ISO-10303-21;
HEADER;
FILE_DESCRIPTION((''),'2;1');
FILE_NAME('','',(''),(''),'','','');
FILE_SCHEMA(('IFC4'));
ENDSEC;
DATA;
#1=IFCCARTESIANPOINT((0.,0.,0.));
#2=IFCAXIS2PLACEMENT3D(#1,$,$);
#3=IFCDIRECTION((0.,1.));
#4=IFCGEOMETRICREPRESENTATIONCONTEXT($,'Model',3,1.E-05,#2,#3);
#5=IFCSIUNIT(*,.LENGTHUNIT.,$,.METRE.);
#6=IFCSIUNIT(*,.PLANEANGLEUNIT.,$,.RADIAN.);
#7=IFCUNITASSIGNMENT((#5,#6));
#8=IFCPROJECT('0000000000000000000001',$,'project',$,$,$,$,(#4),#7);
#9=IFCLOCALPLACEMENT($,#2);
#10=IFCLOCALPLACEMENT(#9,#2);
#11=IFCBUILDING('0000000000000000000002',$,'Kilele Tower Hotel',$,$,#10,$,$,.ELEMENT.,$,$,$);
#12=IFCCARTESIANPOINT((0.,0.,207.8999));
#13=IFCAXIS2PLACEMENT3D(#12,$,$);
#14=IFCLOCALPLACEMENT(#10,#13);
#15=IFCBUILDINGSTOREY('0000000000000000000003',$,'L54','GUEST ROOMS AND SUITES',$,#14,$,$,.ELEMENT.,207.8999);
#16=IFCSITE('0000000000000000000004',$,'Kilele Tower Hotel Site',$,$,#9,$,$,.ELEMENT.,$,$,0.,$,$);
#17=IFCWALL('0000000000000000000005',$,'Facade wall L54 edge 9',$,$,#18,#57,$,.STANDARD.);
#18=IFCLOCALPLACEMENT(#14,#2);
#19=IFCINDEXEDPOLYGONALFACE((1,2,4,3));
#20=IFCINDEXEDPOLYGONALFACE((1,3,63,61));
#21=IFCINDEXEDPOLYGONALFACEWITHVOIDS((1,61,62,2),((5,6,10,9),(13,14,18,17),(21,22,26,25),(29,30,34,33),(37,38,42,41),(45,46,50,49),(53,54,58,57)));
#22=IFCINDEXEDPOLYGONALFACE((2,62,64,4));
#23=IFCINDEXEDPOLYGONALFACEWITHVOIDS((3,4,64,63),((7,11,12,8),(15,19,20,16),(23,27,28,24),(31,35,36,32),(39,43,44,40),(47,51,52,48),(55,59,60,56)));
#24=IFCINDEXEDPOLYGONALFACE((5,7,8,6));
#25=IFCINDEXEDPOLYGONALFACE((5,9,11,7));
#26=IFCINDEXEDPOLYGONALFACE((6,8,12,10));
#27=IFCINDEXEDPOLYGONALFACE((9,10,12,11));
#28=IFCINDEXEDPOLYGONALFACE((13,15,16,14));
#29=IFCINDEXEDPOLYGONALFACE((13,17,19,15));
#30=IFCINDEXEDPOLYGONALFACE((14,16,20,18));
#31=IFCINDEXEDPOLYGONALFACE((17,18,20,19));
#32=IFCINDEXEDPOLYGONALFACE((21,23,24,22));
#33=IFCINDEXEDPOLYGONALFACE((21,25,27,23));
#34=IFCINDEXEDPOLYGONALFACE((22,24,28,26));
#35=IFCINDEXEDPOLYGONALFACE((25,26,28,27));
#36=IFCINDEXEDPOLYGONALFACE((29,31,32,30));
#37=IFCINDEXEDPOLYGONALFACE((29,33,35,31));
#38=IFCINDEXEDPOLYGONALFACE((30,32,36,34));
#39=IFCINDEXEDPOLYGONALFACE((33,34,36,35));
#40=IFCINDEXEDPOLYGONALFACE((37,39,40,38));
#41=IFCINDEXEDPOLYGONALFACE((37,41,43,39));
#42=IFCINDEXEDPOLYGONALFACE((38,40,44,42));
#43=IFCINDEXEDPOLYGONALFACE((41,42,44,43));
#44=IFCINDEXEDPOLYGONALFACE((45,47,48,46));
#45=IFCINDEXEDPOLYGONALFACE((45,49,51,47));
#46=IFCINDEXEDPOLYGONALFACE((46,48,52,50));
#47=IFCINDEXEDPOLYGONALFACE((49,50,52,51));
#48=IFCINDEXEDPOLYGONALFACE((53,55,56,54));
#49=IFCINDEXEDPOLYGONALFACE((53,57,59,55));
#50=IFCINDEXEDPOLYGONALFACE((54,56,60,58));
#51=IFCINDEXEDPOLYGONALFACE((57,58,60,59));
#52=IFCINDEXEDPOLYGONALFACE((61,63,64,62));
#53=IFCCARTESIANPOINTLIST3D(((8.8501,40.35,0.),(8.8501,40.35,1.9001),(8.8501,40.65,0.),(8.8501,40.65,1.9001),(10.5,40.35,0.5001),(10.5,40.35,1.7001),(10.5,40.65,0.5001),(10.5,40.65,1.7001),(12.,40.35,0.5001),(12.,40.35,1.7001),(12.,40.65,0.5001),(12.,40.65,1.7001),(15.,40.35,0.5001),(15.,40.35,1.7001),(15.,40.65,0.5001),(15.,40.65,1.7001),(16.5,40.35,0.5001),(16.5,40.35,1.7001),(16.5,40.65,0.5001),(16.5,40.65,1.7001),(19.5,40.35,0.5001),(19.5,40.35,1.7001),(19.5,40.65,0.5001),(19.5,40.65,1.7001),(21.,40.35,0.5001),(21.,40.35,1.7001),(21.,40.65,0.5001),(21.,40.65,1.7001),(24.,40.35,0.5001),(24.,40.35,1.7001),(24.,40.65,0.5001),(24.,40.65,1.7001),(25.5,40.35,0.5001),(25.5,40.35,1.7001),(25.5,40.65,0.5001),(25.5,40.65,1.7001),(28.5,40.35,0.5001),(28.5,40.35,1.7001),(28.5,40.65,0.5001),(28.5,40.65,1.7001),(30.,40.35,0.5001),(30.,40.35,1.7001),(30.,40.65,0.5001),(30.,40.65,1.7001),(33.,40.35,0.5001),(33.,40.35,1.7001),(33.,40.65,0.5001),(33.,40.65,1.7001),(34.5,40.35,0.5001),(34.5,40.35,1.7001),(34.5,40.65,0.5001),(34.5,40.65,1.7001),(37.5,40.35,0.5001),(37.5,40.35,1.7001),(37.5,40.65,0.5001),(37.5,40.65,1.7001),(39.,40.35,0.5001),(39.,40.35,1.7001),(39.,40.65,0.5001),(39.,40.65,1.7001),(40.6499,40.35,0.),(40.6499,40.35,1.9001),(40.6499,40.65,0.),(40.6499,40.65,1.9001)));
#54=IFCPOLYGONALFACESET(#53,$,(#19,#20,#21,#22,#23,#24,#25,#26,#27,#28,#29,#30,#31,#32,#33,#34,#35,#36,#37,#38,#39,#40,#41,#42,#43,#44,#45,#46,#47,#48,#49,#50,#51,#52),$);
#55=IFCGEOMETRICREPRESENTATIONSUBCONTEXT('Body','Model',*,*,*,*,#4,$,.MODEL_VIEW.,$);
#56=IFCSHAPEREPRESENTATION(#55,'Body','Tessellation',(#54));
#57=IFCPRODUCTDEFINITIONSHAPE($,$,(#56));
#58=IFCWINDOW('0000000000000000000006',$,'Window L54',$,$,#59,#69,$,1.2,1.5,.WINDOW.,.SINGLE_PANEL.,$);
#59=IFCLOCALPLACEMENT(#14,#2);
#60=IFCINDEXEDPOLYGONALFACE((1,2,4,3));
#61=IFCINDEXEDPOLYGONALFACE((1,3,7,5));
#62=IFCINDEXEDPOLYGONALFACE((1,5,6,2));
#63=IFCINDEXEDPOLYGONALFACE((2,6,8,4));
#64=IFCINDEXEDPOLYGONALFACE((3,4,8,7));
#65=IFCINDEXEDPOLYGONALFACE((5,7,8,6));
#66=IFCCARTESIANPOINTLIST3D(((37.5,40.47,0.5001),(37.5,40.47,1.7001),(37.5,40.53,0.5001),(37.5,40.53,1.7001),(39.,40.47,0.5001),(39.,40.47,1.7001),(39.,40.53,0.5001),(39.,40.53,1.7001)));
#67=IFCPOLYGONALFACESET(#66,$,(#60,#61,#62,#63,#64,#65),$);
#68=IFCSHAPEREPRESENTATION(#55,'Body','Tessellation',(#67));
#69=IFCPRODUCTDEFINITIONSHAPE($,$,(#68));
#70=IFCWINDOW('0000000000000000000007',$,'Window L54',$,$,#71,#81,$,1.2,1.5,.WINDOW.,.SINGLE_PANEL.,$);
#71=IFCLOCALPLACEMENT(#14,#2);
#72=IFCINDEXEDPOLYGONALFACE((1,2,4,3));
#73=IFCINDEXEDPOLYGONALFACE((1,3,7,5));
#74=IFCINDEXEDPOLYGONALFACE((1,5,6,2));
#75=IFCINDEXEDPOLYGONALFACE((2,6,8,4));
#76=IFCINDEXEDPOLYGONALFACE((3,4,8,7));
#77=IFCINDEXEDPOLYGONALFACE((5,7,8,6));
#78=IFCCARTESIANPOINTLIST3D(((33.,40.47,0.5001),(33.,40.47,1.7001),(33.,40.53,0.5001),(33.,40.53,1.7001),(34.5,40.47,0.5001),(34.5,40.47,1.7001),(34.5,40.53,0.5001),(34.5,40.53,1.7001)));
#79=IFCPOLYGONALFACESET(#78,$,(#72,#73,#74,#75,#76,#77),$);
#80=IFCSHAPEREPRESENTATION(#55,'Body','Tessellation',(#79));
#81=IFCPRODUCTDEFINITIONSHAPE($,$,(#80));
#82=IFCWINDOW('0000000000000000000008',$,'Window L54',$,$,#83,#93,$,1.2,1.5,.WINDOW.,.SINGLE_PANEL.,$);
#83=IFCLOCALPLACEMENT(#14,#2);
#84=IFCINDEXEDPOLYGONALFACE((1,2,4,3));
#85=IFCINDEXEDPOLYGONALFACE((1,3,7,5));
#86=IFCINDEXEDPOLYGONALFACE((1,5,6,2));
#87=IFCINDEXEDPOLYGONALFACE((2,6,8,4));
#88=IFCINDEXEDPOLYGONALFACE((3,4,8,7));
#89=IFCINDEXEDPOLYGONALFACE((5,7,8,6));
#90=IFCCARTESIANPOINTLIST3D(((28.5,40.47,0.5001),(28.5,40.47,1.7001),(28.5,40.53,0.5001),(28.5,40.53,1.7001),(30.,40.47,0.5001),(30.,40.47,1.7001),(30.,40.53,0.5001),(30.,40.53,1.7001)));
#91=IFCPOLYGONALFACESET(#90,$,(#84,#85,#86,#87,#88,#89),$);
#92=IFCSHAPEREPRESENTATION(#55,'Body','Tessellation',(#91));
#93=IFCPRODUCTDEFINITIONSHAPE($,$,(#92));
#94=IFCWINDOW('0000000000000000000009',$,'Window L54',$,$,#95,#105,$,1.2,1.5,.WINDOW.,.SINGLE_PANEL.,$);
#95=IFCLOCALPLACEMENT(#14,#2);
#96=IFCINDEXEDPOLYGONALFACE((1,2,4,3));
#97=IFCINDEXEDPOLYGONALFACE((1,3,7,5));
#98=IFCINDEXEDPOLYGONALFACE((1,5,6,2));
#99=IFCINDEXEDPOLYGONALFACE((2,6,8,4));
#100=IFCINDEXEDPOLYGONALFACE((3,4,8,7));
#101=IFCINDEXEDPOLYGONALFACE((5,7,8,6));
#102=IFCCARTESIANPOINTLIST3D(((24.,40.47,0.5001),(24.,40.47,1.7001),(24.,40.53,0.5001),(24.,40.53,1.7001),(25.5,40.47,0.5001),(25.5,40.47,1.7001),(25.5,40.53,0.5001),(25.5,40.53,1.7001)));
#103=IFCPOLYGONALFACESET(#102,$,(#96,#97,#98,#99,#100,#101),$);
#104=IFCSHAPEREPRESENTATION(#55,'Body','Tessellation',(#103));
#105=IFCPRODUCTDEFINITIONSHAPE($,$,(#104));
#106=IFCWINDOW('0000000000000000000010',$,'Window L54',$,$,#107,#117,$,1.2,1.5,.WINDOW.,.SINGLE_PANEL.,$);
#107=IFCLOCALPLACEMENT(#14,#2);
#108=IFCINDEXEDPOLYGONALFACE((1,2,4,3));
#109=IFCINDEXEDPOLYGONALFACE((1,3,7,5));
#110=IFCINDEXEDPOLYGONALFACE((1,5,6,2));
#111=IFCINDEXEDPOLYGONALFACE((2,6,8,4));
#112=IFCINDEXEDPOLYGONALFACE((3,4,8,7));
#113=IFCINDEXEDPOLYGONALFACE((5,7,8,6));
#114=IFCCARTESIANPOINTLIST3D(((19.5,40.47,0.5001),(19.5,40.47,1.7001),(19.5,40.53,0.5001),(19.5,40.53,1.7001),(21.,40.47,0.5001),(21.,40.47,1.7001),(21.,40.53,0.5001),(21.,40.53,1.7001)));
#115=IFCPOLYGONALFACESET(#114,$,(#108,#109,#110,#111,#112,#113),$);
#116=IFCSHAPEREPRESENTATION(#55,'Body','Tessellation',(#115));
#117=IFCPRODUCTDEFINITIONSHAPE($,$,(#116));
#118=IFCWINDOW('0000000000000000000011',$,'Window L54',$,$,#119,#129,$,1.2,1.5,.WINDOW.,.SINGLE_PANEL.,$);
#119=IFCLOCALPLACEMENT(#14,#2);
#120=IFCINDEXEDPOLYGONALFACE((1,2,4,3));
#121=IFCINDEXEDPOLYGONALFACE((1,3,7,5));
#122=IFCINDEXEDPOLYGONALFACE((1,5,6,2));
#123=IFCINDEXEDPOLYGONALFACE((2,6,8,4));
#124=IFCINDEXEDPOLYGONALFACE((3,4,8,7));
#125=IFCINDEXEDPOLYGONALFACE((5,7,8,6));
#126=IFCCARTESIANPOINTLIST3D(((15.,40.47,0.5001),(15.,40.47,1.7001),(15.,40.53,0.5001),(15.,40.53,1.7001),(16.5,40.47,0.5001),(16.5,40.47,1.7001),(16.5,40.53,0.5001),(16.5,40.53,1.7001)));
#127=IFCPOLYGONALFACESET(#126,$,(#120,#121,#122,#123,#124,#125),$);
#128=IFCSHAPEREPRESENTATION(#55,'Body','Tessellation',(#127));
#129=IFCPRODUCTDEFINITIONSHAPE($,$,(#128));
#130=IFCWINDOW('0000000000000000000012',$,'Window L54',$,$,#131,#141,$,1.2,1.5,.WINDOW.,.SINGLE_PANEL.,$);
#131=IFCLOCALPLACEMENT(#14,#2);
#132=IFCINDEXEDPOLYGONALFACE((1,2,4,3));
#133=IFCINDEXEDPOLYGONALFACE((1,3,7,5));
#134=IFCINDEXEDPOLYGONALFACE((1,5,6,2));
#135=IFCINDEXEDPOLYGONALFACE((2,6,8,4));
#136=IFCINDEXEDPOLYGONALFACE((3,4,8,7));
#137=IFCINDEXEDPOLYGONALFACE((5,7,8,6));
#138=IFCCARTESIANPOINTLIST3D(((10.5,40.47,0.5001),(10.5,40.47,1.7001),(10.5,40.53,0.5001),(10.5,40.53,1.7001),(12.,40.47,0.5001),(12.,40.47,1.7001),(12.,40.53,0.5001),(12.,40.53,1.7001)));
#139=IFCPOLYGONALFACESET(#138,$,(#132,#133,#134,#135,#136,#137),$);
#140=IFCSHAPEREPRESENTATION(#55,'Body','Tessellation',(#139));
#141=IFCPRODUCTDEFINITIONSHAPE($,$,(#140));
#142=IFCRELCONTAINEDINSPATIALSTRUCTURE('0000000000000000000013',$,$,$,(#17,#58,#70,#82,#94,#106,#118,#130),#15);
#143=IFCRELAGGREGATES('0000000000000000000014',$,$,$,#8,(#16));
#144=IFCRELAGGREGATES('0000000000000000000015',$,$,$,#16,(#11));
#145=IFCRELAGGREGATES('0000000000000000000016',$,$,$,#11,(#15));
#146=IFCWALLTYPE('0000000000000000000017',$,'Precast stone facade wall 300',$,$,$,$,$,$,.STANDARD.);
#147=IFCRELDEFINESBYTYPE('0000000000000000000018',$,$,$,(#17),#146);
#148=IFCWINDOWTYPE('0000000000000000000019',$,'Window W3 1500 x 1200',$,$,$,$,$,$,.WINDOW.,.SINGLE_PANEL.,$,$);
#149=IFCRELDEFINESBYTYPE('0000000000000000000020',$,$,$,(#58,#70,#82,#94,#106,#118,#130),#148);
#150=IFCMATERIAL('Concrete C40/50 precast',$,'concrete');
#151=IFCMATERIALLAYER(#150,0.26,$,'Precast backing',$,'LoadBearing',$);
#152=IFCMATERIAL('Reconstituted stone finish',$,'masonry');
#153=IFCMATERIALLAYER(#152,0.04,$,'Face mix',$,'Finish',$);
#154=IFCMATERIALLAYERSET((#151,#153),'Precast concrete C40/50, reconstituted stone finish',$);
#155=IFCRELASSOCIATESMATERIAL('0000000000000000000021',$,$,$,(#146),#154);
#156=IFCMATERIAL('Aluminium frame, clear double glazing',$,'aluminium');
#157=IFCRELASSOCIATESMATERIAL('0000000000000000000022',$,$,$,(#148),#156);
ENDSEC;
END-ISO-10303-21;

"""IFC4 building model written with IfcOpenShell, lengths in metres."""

from ifc_helpers import new_model, si_unit, direction, frame, frame_2d, origin, place, context, subcontext, project, spatial, rectangle, extrude, material, layer, layer_set, type_object, element, fill, save


model = new_model("IFC4")

# Units and contexts
model_context = context("Model", 3, precision=1e-05, world=origin(), true_north=direction((0.0, 1.0)))
body_context = subcontext(model_context, "Body", "Model", "MODEL_VIEW")
ifc_project = project(units=[si_unit("LENGTHUNIT", "METRE"), si_unit("PLANEANGLEUNIT", "RADIAN")], contexts=[model_context])

# Site, building, storey
site_placement = place(None, origin())
site = spatial("IfcSite", under=ifc_project, at=site_placement, Name="Kilele Tower Hotel Site", CompositionType="ELEMENT", RefElevation=0.0)
building_placement = place(site_placement, origin())
building = spatial("IfcBuilding", under=site, at=building_placement, Name="Kilele Tower Hotel", CompositionType="ELEMENT")
storey_placement = place(building_placement, frame((0.0, 0.0, 207.8999)))
storey = spatial("IfcBuildingStorey", under=building, at=storey_placement, Name="L54", Description="GUEST ROOMS AND SUITES", CompositionType="ELEMENT", Elevation=207.8999)

# Shared definitions
ifc_material_1 = material(Name="Concrete C40/50 precast", Category="concrete")
ifc_layer_1 = layer(ifc_material_1, 0.26, Name="Precast backing", Category="LoadBearing")
ifc_material_2 = material(Name="Reconstituted stone finish", Category="masonry")
ifc_layer_2 = layer(ifc_material_2, 0.04, Name="Face mix", Category="Finish")
ifc_layer_set_1 = layer_set([ifc_layer_1, ifc_layer_2], Name="Precast concrete C40/50, reconstituted stone finish")
wall_type_1 = type_object("IfcWallType", Name="Precast stone facade wall 300", PredefinedType="STANDARD", material=ifc_layer_set_1)
ifc_material_3 = material(Name="Aluminium frame, clear double glazing", Category="aluminium")
window_type_1 = type_object("IfcWindowType", Name="Window W3 1500 x 1200", PartitioningType="SINGLE_PANEL", PredefinedType="WINDOW", material=ifc_material_3)

# Wall, openings, windows
wall_1_placement = place(storey_placement, frame((40.6499, 40.5, 0.0), z_axis=(0.0, 0.0, 1.0), x_axis=(-1.0, 0.0, 0.0)))
wall_1 = element("IfcWall", 1, at=wall_1_placement, inside=storey, type_object=wall_type_1, Name="Facade wall L54 edge 9", PredefinedType="STANDARD", context=body_context, shape_type="SweptSolid", body=[
    extrude(rectangle(XDim=31.7998, YDim=0.3, at=frame_2d((15.8999, 0.0))), origin(), (0.0, 0.0, 1.0), 1.9001),
])
opening_1_placement = place(wall_1_placement, frame((1.6499, 0.0, 0.5)))
opening_1 = element("IfcOpeningElement", 2, at=opening_1_placement, cuts=wall_1, PredefinedType="OPENING", context=body_context, shape_type="SweptSolid", body=[
    extrude(rectangle(XDim=1.5, YDim=1.2, at=frame_2d((0.75, 0.6001))), frame((0.0, 0.1599, 0.0), z_axis=(0.0, -1.0, 0.0), x_axis=(1.0, 0.0, 0.0)), (0.0, 0.0, 1.0), 0.3201),
])
opening_2_placement = place(wall_1_placement, frame((6.1499, 0.0, 0.5)))
opening_2 = element("IfcOpeningElement", 3, at=opening_2_placement, cuts=wall_1, PredefinedType="OPENING", context=body_context, shape_type="SweptSolid", body=[
    extrude(rectangle(XDim=1.5, YDim=1.2, at=frame_2d((0.75, 0.6001))), frame((0.0, 0.1599, 0.0), z_axis=(0.0, -1.0, 0.0), x_axis=(1.0, 0.0, 0.0)), (0.0, 0.0, 1.0), 0.3201),
])
opening_3_placement = place(wall_1_placement, frame((10.6499, 0.0, 0.5)))
opening_3 = element("IfcOpeningElement", 4, at=opening_3_placement, cuts=wall_1, PredefinedType="OPENING", context=body_context, shape_type="SweptSolid", body=[
    extrude(rectangle(XDim=1.5, YDim=1.2, at=frame_2d((0.75, 0.6001))), frame((0.0, 0.1599, 0.0), z_axis=(0.0, -1.0, 0.0), x_axis=(1.0, 0.0, 0.0)), (0.0, 0.0, 1.0), 0.3201),
])
opening_4_placement = place(wall_1_placement, frame((15.1499, 0.0, 0.5)))
opening_4 = element("IfcOpeningElement", 5, at=opening_4_placement, cuts=wall_1, PredefinedType="OPENING", context=body_context, shape_type="SweptSolid", body=[
    extrude(rectangle(XDim=1.5, YDim=1.2, at=frame_2d((0.75, 0.6001))), frame((0.0, 0.1599, 0.0), z_axis=(0.0, -1.0, 0.0), x_axis=(1.0, 0.0, 0.0)), (0.0, 0.0, 1.0), 0.3201),
])
opening_5_placement = place(wall_1_placement, frame((19.6499, 0.0, 0.5)))
opening_5 = element("IfcOpeningElement", 6, at=opening_5_placement, cuts=wall_1, PredefinedType="OPENING", context=body_context, shape_type="SweptSolid", body=[
    extrude(rectangle(XDim=1.5, YDim=1.2, at=frame_2d((0.75, 0.6001))), frame((0.0, 0.1599, 0.0), z_axis=(0.0, -1.0, 0.0), x_axis=(1.0, 0.0, 0.0)), (0.0, 0.0, 1.0), 0.3201),
])
opening_6_placement = place(wall_1_placement, frame((24.1499, 0.0, 0.5)))
opening_6 = element("IfcOpeningElement", 7, at=opening_6_placement, cuts=wall_1, PredefinedType="OPENING", context=body_context, shape_type="SweptSolid", body=[
    extrude(rectangle(XDim=1.5, YDim=1.2, at=frame_2d((0.75, 0.6001))), frame((0.0, 0.1599, 0.0), z_axis=(0.0, -1.0, 0.0), x_axis=(1.0, 0.0, 0.0)), (0.0, 0.0, 1.0), 0.3201),
])
opening_7_placement = place(wall_1_placement, frame((28.6499, 0.0, 0.5)))
opening_7 = element("IfcOpeningElement", 8, at=opening_7_placement, cuts=wall_1, PredefinedType="OPENING", context=body_context, shape_type="SweptSolid", body=[
    extrude(rectangle(XDim=1.5, YDim=1.2, at=frame_2d((0.75, 0.6001))), frame((0.0, 0.1599, 0.0), z_axis=(0.0, -1.0, 0.0), x_axis=(1.0, 0.0, 0.0)), (0.0, 0.0, 1.0), 0.3201),
])
window_1_placement = place(opening_1_placement, origin())
window_1 = element("IfcWindow", 9, at=window_1_placement, inside=storey, type_object=window_type_1, Name="Window L54", OverallHeight=1.2, OverallWidth=1.5, PartitioningType="SINGLE_PANEL", PredefinedType="WINDOW", context=body_context, shape_type="SweptSolid", body=[
    extrude(rectangle(XDim=1.5, YDim=1.2, at=frame_2d((0.75, 0.6001))), frame((0.0, 0.03, 0.0), z_axis=(0.0, -1.0, 0.0), x_axis=(1.0, 0.0, 0.0)), (0.0, 0.0, 1.0), 0.0601),
])
fill(opening_1, window_1)
window_2_placement = place(opening_2_placement, origin())
window_2 = element("IfcWindow", 10, at=window_2_placement, inside=storey, type_object=window_type_1, Name="Window L54", OverallHeight=1.2, OverallWidth=1.5, PartitioningType="SINGLE_PANEL", PredefinedType="WINDOW", context=body_context, shape_type="SweptSolid", body=[
    extrude(rectangle(XDim=1.5, YDim=1.2, at=frame_2d((0.75, 0.6001))), frame((0.0, 0.03, 0.0), z_axis=(0.0, -1.0, 0.0), x_axis=(1.0, 0.0, 0.0)), (0.0, 0.0, 1.0), 0.0601),
])
fill(opening_2, window_2)
window_3_placement = place(opening_3_placement, origin())
window_3 = element("IfcWindow", 11, at=window_3_placement, inside=storey, type_object=window_type_1, Name="Window L54", OverallHeight=1.2, OverallWidth=1.5, PartitioningType="SINGLE_PANEL", PredefinedType="WINDOW", context=body_context, shape_type="SweptSolid", body=[
    extrude(rectangle(XDim=1.5, YDim=1.2, at=frame_2d((0.75, 0.6001))), frame((0.0, 0.03, 0.0), z_axis=(0.0, -1.0, 0.0), x_axis=(1.0, 0.0, 0.0)), (0.0, 0.0, 1.0), 0.0601),
])
fill(opening_3, window_3)
window_4_placement = place(opening_4_placement, origin())
window_4 = element("IfcWindow", 12, at=window_4_placement, inside=storey, type_object=window_type_1, Name="Window L54", OverallHeight=1.2, OverallWidth=1.5, PartitioningType="SINGLE_PANEL", PredefinedType="WINDOW", context=body_context, shape_type="SweptSolid", body=[
    extrude(rectangle(XDim=1.5, YDim=1.2, at=frame_2d((0.75, 0.6001))), frame((0.0, 0.03, 0.0), z_axis=(0.0, -1.0, 0.0), x_axis=(1.0, 0.0, 0.0)), (0.0, 0.0, 1.0), 0.0601),
])
fill(opening_4, window_4)
window_5_placement = place(opening_5_placement, origin())
window_5 = element("IfcWindow", 13, at=window_5_placement, inside=storey, type_object=window_type_1, Name="Window L54", OverallHeight=1.2, OverallWidth=1.5, PartitioningType="SINGLE_PANEL", PredefinedType="WINDOW", context=body_context, shape_type="SweptSolid", body=[
    extrude(rectangle(XDim=1.5, YDim=1.2, at=frame_2d((0.75, 0.6001))), frame((0.0, 0.03, 0.0), z_axis=(0.0, -1.0, 0.0), x_axis=(1.0, 0.0, 0.0)), (0.0, 0.0, 1.0), 0.0601),
])
fill(opening_5, window_5)
window_6_placement = place(opening_6_placement, origin())
window_6 = element("IfcWindow", 14, at=window_6_placement, inside=storey, type_object=window_type_1, Name="Window L54", OverallHeight=1.2, OverallWidth=1.5, PartitioningType="SINGLE_PANEL", PredefinedType="WINDOW", context=body_context, shape_type="SweptSolid", body=[
    extrude(rectangle(XDim=1.5, YDim=1.2, at=frame_2d((0.75, 0.6001))), frame((0.0, 0.03, 0.0), z_axis=(0.0, -1.0, 0.0), x_axis=(1.0, 0.0, 0.0)), (0.0, 0.0, 1.0), 0.0601),
])
fill(opening_6, window_6)
window_7_placement = place(opening_7_placement, origin())
window_7 = element("IfcWindow", 15, at=window_7_placement, inside=storey, type_object=window_type_1, Name="Window L54", OverallHeight=1.2, OverallWidth=1.5, PartitioningType="SINGLE_PANEL", PredefinedType="WINDOW", context=body_context, shape_type="SweptSolid", body=[
    extrude(rectangle(XDim=1.5, YDim=1.2, at=frame_2d((0.75, 0.6001))), frame((0.0, 0.03, 0.0), z_axis=(0.0, -1.0, 0.0), x_axis=(1.0, 0.0, 0.0)), (0.0, 0.0, 1.0), 0.0601),
])
fill(opening_7, window_7)

save(model, "model.ifc")
